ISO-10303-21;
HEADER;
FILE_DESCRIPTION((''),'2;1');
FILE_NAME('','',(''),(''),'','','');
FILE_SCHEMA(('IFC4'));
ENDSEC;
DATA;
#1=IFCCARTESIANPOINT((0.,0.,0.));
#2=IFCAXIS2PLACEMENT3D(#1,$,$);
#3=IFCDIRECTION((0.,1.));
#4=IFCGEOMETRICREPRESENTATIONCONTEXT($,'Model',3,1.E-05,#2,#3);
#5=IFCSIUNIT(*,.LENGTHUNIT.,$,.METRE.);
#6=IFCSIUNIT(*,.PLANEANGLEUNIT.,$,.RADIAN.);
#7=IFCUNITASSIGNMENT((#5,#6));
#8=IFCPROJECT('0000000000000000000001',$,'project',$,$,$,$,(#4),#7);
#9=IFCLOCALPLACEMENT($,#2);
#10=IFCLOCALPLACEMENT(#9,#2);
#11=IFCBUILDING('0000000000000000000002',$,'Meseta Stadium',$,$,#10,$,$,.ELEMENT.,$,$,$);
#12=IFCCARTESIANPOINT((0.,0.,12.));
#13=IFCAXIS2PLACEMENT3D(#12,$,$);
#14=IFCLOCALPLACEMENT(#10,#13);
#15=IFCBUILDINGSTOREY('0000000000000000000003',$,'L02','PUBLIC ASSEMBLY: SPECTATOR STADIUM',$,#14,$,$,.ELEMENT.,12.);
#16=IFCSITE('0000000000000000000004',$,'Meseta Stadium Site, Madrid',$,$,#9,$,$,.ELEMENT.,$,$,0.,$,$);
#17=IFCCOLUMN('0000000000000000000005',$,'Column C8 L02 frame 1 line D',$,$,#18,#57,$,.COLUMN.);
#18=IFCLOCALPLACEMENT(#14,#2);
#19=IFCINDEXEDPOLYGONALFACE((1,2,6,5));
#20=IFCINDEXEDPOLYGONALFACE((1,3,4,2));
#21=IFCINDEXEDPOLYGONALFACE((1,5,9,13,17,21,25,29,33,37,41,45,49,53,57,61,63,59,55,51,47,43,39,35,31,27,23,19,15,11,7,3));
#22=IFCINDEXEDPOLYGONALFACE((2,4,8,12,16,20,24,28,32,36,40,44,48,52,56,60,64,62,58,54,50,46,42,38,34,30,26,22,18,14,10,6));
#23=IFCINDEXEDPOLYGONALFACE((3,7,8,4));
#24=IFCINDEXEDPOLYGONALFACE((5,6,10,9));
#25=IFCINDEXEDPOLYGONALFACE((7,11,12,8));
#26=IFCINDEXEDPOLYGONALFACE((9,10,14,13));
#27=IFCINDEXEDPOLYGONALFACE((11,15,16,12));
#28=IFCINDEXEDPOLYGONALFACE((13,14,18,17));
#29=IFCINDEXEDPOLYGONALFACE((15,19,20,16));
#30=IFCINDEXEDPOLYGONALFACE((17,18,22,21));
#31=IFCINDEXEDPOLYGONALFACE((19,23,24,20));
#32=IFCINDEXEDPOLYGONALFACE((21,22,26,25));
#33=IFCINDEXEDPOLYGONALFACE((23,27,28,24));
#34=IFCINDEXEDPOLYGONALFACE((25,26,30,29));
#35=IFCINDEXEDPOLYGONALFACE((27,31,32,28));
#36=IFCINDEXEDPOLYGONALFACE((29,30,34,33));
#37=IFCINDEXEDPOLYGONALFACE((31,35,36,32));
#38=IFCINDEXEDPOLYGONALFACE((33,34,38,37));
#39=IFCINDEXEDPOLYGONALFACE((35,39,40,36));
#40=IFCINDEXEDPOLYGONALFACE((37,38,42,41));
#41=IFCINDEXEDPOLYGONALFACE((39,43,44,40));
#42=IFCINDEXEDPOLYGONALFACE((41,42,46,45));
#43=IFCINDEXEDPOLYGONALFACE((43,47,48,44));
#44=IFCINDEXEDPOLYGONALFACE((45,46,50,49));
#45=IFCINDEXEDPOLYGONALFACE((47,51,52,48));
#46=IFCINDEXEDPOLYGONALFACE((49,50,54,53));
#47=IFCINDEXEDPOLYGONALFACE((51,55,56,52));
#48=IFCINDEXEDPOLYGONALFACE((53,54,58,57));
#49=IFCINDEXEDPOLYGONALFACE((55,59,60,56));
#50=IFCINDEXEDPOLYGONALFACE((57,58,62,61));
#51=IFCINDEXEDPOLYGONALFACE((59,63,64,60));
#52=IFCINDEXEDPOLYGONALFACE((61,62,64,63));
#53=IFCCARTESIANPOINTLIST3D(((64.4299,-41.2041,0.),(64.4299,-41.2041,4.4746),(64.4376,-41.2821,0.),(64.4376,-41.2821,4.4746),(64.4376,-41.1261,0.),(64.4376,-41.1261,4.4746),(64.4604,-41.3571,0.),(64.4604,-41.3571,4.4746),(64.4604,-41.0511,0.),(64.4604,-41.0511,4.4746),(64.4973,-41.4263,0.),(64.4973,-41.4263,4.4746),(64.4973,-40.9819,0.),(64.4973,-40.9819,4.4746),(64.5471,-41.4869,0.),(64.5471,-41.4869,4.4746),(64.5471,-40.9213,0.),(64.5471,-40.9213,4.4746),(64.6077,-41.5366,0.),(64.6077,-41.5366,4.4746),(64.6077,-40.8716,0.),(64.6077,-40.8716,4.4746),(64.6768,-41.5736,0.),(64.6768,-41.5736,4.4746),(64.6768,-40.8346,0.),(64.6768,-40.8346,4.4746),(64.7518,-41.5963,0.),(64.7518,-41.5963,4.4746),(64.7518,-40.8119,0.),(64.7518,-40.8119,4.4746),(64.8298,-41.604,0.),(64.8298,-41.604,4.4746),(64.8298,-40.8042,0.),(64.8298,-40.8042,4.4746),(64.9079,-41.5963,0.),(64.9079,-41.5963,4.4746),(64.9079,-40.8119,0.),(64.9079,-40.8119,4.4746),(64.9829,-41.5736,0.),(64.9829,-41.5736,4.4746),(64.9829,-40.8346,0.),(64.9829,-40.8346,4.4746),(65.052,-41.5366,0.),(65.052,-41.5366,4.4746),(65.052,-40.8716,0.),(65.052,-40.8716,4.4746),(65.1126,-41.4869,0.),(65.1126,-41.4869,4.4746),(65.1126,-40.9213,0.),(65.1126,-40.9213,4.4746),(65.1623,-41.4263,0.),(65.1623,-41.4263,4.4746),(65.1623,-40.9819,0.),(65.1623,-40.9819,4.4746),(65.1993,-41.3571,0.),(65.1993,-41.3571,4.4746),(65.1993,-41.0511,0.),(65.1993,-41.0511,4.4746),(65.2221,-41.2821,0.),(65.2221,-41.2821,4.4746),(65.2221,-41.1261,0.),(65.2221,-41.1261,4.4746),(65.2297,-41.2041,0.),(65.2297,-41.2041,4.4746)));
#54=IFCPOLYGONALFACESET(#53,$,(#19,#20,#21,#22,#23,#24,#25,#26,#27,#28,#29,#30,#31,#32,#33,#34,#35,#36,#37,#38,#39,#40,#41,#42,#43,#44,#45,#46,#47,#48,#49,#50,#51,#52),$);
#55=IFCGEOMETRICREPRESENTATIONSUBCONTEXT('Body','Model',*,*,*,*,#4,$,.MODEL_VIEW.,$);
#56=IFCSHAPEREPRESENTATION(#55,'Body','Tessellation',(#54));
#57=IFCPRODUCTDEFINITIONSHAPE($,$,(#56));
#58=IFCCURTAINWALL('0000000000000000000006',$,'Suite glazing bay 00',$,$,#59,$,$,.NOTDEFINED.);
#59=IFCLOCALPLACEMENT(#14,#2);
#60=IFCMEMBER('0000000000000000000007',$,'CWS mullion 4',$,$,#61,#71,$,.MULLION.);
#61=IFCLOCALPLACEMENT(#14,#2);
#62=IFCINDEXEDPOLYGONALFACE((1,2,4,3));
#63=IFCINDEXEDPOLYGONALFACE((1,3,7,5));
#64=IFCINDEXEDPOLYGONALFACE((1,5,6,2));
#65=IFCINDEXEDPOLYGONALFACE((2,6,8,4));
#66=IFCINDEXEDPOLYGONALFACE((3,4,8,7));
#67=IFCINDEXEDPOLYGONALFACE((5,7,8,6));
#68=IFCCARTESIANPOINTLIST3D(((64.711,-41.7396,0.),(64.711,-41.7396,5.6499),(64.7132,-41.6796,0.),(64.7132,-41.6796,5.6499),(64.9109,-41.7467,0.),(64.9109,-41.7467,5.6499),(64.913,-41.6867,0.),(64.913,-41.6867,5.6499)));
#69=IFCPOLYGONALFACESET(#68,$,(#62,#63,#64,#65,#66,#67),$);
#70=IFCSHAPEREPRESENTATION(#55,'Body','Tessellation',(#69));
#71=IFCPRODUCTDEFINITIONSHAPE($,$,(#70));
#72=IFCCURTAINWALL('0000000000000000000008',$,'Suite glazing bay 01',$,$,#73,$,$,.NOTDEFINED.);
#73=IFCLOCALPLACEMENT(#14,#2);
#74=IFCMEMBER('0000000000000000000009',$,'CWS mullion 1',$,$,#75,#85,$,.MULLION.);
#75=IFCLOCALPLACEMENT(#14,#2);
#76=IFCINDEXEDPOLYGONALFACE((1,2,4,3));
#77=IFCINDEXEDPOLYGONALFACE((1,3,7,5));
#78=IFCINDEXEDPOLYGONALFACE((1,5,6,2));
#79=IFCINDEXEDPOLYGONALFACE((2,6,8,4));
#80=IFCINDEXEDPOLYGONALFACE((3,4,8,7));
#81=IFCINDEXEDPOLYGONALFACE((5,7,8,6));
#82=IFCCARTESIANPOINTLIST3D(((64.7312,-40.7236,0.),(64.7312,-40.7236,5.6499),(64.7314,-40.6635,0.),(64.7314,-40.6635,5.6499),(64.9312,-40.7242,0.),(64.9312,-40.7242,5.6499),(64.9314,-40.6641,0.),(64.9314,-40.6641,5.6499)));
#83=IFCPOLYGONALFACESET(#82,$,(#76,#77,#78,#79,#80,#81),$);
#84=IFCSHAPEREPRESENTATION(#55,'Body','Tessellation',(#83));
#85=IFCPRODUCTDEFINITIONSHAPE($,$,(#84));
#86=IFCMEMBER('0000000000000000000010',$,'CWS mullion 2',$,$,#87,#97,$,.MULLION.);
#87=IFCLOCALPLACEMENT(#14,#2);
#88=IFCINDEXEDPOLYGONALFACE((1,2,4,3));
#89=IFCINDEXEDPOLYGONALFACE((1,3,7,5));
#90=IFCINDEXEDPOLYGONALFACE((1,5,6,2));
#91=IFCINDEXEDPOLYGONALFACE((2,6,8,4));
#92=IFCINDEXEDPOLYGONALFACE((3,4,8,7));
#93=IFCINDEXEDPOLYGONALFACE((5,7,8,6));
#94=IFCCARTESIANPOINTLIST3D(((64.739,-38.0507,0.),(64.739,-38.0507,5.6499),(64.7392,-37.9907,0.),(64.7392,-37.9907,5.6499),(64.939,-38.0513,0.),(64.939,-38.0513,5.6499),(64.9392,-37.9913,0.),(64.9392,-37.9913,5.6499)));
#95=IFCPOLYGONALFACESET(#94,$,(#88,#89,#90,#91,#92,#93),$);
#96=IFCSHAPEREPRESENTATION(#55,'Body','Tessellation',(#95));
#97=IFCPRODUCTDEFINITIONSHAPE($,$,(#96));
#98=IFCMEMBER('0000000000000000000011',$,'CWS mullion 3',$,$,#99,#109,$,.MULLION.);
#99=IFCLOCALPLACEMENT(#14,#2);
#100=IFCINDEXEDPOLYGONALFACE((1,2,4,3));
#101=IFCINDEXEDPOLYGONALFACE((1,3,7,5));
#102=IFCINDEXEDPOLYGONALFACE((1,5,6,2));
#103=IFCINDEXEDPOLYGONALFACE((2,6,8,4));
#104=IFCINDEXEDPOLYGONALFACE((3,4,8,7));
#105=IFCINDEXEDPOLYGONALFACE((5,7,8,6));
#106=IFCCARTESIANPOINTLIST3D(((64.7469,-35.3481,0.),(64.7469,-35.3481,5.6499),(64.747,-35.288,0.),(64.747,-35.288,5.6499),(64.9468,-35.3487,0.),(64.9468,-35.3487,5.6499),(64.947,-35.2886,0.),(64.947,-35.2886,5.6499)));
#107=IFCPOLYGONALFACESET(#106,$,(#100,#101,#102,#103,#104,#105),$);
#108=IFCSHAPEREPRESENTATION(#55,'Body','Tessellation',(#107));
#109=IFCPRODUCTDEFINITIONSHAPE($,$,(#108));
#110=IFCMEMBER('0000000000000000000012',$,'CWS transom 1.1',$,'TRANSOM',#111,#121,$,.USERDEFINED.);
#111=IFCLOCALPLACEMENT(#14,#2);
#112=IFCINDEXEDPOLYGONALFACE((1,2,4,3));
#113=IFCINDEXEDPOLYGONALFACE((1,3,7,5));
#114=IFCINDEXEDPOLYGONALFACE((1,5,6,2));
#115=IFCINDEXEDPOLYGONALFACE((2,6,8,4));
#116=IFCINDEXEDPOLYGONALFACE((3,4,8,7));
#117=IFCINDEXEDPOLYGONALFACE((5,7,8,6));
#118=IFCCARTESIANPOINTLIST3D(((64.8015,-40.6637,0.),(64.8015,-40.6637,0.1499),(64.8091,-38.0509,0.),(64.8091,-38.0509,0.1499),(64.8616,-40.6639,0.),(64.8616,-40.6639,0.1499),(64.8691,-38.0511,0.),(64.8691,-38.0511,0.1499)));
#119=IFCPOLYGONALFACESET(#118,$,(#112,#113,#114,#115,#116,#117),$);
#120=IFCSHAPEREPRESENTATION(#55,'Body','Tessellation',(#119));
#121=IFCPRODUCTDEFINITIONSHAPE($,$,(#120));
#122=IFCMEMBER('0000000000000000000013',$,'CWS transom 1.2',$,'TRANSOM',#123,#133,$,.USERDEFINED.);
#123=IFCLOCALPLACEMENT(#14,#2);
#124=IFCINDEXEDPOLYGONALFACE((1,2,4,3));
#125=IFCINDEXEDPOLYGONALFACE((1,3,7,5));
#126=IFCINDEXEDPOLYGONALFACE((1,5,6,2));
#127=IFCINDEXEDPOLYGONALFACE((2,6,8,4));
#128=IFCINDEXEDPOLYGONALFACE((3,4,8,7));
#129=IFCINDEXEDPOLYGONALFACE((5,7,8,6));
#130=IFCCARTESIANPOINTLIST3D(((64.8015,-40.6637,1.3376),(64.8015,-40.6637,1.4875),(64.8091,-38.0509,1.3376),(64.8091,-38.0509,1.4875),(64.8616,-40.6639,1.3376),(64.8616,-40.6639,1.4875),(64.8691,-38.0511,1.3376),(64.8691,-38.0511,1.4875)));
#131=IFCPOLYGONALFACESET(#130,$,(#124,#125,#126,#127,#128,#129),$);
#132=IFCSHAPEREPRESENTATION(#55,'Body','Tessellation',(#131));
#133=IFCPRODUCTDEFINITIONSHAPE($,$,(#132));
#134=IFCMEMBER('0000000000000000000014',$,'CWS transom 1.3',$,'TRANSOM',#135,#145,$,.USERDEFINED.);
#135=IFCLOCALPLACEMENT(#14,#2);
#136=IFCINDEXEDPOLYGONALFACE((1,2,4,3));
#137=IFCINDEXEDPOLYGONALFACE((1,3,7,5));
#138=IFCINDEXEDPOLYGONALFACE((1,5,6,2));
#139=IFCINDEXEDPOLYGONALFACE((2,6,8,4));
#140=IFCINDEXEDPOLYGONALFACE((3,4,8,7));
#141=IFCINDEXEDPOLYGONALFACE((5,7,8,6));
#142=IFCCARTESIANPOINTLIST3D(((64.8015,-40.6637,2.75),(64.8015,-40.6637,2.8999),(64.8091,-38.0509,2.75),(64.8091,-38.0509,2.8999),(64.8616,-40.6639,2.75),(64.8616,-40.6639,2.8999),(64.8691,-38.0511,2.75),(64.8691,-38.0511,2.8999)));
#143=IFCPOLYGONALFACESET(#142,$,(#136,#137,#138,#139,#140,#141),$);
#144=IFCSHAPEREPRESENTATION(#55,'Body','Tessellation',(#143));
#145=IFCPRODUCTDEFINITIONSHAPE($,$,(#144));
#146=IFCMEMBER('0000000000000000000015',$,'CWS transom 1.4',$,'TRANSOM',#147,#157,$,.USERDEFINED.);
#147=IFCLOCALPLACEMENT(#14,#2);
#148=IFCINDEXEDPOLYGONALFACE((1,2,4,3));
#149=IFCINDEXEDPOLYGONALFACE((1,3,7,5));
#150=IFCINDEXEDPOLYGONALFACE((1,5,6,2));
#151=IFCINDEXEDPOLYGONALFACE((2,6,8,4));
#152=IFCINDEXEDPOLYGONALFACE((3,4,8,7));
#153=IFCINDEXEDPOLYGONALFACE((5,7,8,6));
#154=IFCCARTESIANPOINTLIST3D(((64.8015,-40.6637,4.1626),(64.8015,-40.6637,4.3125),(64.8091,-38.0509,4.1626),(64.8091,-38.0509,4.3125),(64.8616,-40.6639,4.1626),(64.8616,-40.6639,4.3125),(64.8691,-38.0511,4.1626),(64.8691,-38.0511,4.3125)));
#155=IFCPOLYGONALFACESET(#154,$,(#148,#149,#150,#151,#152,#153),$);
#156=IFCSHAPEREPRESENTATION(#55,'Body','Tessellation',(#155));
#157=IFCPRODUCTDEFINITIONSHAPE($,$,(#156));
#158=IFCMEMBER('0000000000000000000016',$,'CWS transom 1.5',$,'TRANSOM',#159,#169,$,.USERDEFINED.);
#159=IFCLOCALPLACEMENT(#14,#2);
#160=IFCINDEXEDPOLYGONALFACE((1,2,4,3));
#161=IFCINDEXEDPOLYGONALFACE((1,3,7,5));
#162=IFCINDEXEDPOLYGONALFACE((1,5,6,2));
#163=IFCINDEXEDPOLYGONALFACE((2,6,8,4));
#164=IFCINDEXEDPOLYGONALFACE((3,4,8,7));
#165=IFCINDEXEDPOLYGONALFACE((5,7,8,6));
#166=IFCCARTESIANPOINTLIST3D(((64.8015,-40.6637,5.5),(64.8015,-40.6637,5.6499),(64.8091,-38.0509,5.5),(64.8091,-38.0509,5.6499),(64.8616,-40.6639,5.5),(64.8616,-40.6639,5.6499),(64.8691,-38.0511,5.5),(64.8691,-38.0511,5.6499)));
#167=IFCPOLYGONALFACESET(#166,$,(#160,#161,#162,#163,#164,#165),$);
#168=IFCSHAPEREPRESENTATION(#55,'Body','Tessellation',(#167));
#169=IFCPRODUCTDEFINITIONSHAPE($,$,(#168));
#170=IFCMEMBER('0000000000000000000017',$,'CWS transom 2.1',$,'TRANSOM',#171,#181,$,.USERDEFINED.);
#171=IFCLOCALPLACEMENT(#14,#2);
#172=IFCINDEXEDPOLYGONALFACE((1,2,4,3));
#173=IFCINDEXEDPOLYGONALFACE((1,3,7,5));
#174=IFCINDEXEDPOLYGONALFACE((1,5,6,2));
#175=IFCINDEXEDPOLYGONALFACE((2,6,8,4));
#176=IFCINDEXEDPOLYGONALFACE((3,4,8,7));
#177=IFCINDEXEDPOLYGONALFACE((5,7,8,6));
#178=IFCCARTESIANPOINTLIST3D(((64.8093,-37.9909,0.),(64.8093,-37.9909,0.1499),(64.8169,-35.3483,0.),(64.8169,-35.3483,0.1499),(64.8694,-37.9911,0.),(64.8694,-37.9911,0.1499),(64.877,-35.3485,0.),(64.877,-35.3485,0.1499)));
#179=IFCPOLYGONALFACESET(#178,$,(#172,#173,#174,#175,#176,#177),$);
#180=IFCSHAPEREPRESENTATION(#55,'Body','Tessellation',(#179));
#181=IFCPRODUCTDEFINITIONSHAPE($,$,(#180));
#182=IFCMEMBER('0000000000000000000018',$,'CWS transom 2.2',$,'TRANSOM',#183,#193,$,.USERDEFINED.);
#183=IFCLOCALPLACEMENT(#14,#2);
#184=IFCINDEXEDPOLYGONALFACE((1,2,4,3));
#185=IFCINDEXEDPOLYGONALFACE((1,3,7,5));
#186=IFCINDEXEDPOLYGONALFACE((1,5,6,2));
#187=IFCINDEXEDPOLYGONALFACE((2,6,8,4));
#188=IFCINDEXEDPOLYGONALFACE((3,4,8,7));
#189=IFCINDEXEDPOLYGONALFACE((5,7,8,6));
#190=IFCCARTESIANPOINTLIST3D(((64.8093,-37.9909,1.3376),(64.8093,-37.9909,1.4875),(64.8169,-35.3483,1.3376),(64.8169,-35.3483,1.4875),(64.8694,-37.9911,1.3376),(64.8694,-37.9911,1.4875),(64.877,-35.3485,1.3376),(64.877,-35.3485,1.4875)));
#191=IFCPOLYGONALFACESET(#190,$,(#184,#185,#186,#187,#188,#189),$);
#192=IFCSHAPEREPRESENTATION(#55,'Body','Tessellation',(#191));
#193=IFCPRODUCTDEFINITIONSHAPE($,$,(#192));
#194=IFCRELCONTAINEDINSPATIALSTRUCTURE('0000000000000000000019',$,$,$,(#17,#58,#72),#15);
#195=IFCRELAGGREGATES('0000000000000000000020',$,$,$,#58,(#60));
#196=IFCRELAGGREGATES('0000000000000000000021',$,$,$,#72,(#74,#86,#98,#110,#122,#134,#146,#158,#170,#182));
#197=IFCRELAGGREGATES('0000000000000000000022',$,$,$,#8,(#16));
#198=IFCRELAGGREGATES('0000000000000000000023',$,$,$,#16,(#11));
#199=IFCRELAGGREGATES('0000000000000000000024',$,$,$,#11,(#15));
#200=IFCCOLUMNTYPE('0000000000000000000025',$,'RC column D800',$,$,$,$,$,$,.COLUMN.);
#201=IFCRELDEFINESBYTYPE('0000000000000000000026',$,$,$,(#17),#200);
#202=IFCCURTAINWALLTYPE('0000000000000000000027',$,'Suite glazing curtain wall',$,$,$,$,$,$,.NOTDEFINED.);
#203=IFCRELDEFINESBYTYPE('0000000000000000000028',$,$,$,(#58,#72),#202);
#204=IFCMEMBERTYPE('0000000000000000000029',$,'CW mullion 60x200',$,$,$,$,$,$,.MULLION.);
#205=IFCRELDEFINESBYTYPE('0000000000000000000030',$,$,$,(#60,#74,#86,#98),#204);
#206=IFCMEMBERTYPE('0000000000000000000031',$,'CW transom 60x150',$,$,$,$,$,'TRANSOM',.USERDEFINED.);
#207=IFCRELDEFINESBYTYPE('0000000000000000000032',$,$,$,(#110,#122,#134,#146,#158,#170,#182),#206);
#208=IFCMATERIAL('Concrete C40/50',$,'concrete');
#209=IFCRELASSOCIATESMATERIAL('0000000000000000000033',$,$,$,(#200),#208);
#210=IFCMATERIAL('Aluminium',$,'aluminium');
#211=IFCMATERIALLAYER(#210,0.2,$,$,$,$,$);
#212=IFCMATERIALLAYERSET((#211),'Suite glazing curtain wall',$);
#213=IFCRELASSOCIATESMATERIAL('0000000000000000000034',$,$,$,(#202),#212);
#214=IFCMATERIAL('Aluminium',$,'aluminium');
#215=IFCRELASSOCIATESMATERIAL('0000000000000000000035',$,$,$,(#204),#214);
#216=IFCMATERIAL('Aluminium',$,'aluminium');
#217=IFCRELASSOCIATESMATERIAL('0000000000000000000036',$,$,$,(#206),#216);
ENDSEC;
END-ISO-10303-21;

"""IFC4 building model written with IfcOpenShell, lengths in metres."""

from ifc_helpers import new_model, si_unit, direction, frame, origin, origin_2d, place, context, subcontext, project, spatial, rectangle, circle, extrude, material, layer, layer_set, material_profile, profile_set, type_object, element, aggregate, save


model = new_model("IFC4")

# Units and contexts
model_context = context("Model", 3, precision=1e-05, world=origin(), true_north=direction((0.0, 1.0)))
body_context = subcontext(model_context, "Body", "Model", "MODEL_VIEW")
ifc_project = project(units=[si_unit("LENGTHUNIT", "METRE"), si_unit("PLANEANGLEUNIT", "RADIAN")], contexts=[model_context])

# Site, building, storey
site_placement = place(None, origin())
site = spatial("IfcSite", under=ifc_project, at=site_placement, Name="Meseta Stadium Site, Madrid", CompositionType="ELEMENT", RefElevation=0.0)
building_placement = place(site_placement, origin())
building = spatial("IfcBuilding", under=site, at=building_placement, Name="Meseta Stadium", CompositionType="ELEMENT")
storey_placement = place(building_placement, frame((0.0, 0.0, 12.0)))
storey = spatial("IfcBuildingStorey", under=building, at=storey_placement, Name="L02", Description="PUBLIC ASSEMBLY: SPECTATOR STADIUM", CompositionType="ELEMENT", Elevation=12.0)

# Column
ifc_material_1 = material(Name="Concrete C40/50", Category="concrete")
ifc_material_profile_1 = material_profile(ifc_material_1, circle(Radius=0.3999, at=origin_2d()), Name="RC D800")
ifc_profile_set_1 = profile_set([ifc_material_profile_1], Name="Concrete C40/50")
column_type = type_object("IfcColumnType", Name="RC column D800", PredefinedType="COLUMN", material=ifc_profile_set_1)
column_placement = place(storey_placement, frame((64.8298, -41.2041, 0.0), z_axis=(0.0, 0.0, 1.0), x_axis=(1.0, 0.0, 0.0)))
element("IfcColumn", 1, at=column_placement, inside=storey, type_object=column_type, Name="Column C8 L02 frame 1 line D", PredefinedType="COLUMN", context=body_context, shape_type="SweptSolid", body=[
    extrude(circle(Radius=0.3999, at=origin_2d()), origin(), (0.0, 0.0, 1.0), 4.4746),
])

# Curtain wall, member
ifc_material_2 = material(Name="Aluminium", Category="aluminium")
ifc_layer_1 = layer(ifc_material_2, 0.2)
ifc_layer_set_1 = layer_set([ifc_layer_1], Name="Suite glazing curtain wall")
curtain_wall_type = type_object("IfcCurtainWallType", Name="Suite glazing curtain wall", PredefinedType="NOTDEFINED", material=ifc_layer_set_1)
curtain_wall_1_placement = place(storey_placement, origin())
curtain_wall_1 = element("IfcCurtainWall", 2, at=curtain_wall_1_placement, inside=storey, type_object=curtain_wall_type, Name="Suite glazing bay 00", PredefinedType="NOTDEFINED")
ifc_material_3 = material(Name="Aluminium", Category="aluminium")
ifc_material_profile_2 = material_profile(ifc_material_3, rectangle(XDim=0.2, YDim=0.0601, at=origin_2d()), Name="CW 200x60")
ifc_profile_set_2 = profile_set([ifc_material_profile_2], Name="Aluminium")
member_type_1 = type_object("IfcMemberType", Name="CW mullion 60x200", PredefinedType="MULLION", material=ifc_profile_set_2)
member_1_placement = place(storey_placement, frame((64.812, -41.7131, 0.0), z_axis=(0.0, 0.0, 1.0), x_axis=(-0.999374, 0.035371, 0.0)))
member_1 = element("IfcMember", 3, at=member_1_placement, type_object=member_type_1, Name="CWS mullion 4", PredefinedType="MULLION", context=body_context, shape_type="SweptSolid", body=[
    extrude(rectangle(XDim=0.2, YDim=0.0601, at=origin_2d()), origin(), (0.0, 0.0, 1.0), 5.6499),
])
aggregate(curtain_wall_1, [member_1])

# Curtain wall, members
curtain_wall_2_placement = place(storey_placement, origin())
curtain_wall_2 = element("IfcCurtainWall", 4, at=curtain_wall_2_placement, inside=storey, type_object=curtain_wall_type, Name="Suite glazing bay 01", PredefinedType="NOTDEFINED")
member_2_placement = place(storey_placement, frame((64.8313, -40.6938, 0.0), z_axis=(0.0, 0.0, 1.0), x_axis=(-0.999996, 0.00291, 0.0)))
member_2 = element("IfcMember", 5, at=member_2_placement, type_object=member_type_1, Name="CWS mullion 1", PredefinedType="MULLION", context=body_context, shape_type="SweptSolid", body=[
    extrude(rectangle(XDim=0.2, YDim=0.0601, at=origin_2d()), origin(), (0.0, 0.0, 1.0), 5.6499),
])
member_3_placement = place(storey_placement, frame((64.8391, -38.021, 0.0), z_axis=(0.0, 0.0, 1.0), x_axis=(-0.999996, 0.00291, 0.0)))
member_3 = element("IfcMember", 6, at=member_3_placement, type_object=member_type_1, Name="CWS mullion 2", PredefinedType="MULLION", context=body_context, shape_type="SweptSolid", body=[
    extrude(rectangle(XDim=0.2, YDim=0.0601, at=origin_2d()), origin(), (0.0, 0.0, 1.0), 5.6499),
])
member_4_placement = place(storey_placement, frame((64.8469, -35.3184, 0.0), z_axis=(0.0, 0.0, 1.0), x_axis=(-0.999996, 0.00291, 0.0)))
member_4 = element("IfcMember", 7, at=member_4_placement, type_object=member_type_1, Name="CWS mullion 3", PredefinedType="MULLION", context=body_context, shape_type="SweptSolid", body=[
    extrude(rectangle(XDim=0.2, YDim=0.0601, at=origin_2d()), origin(), (0.0, 0.0, 1.0), 5.6499),
])
ifc_material_4 = material(Name="Aluminium", Category="aluminium")
ifc_material_profile_3 = material_profile(ifc_material_4, rectangle(XDim=0.0601, YDim=0.1499, at=origin_2d()), Name="CW 60x150")
ifc_profile_set_3 = profile_set([ifc_material_profile_3], Name="Aluminium")
member_type_2 = type_object("IfcMemberType", Name="CW transom 60x150", ElementType="TRANSOM", PredefinedType="USERDEFINED", material=ifc_profile_set_3)
member_5_placement = place(storey_placement, frame((64.8315, -40.6638, 0.075), z_axis=(0.002897, 0.999996, 0.0), x_axis=(-0.999996, 0.002897, 0.0)))
member_5 = element("IfcMember", 8, at=member_5_placement, type_object=member_type_2, Name="CWS transom 1.1", ObjectType="TRANSOM", PredefinedType="USERDEFINED", context=body_context, shape_type="SweptSolid", body=[
    extrude(rectangle(XDim=0.0601, YDim=0.1499, at=origin_2d()), origin(), (0.0, 0.0, 1.0), 2.6128),
])
member_6_placement = place(storey_placement, frame((64.8315, -40.6638, 1.4126), z_axis=(0.002897, 0.999996, 0.0), x_axis=(-0.999996, 0.002897, 0.0)))
member_6 = element("IfcMember", 9, at=member_6_placement, type_object=member_type_2, Name="CWS transom 1.2", ObjectType="TRANSOM", PredefinedType="USERDEFINED", context=body_context, shape_type="SweptSolid", body=[
    extrude(rectangle(XDim=0.0601, YDim=0.1499, at=origin_2d()), origin(), (0.0, 0.0, 1.0), 2.6128),
])
member_7_placement = place(storey_placement, frame((64.8315, -40.6638, 2.825), z_axis=(0.002897, 0.999996, 0.0), x_axis=(-0.999996, 0.002897, 0.0)))
member_7 = element("IfcMember", 10, at=member_7_placement, type_object=member_type_2, Name="CWS transom 1.3", ObjectType="TRANSOM", PredefinedType="USERDEFINED", context=body_context, shape_type="SweptSolid", body=[
    extrude(rectangle(XDim=0.0601, YDim=0.1499, at=origin_2d()), origin(), (0.0, 0.0, 1.0), 2.6128),
])
member_8_placement = place(storey_placement, frame((64.8315, -40.6638, 4.2375), z_axis=(0.002897, 0.999996, 0.0), x_axis=(-0.999996, 0.002897, 0.0)))
member_8 = element("IfcMember", 11, at=member_8_placement, type_object=member_type_2, Name="CWS transom 1.4", ObjectType="TRANSOM", PredefinedType="USERDEFINED", context=body_context, shape_type="SweptSolid", body=[
    extrude(rectangle(XDim=0.0601, YDim=0.1499, at=origin_2d()), origin(), (0.0, 0.0, 1.0), 2.6128),
])
member_9_placement = place(storey_placement, frame((64.8315, -40.6638, 5.575), z_axis=(0.002897, 0.999996, 0.0), x_axis=(-0.999996, 0.002897, 0.0)))
member_9 = element("IfcMember", 12, at=member_9_placement, type_object=member_type_2, Name="CWS transom 1.5", ObjectType="TRANSOM", PredefinedType="USERDEFINED", context=body_context, shape_type="SweptSolid", body=[
    extrude(rectangle(XDim=0.0601, YDim=0.1499, at=origin_2d()), origin(), (0.0, 0.0, 1.0), 2.6128),
])
member_10_placement = place(storey_placement, frame((64.8394, -37.991, 0.075), z_axis=(0.002864, 0.999996, 0.0), x_axis=(-0.999996, 0.002864, 0.0)))
member_10 = element("IfcMember", 13, at=member_10_placement, type_object=member_type_2, Name="CWS transom 2.1", ObjectType="TRANSOM", PredefinedType="USERDEFINED", context=body_context, shape_type="SweptSolid", body=[
    extrude(rectangle(XDim=0.0601, YDim=0.1499, at=origin_2d()), origin(), (0.0, 0.0, 1.0), 2.6426),
])
member_11_placement = place(storey_placement, frame((64.8394, -37.991, 1.4126), z_axis=(0.002864, 0.999996, 0.0), x_axis=(-0.999996, 0.002864, 0.0)))
member_11 = element("IfcMember", 14, at=member_11_placement, type_object=member_type_2, Name="CWS transom 2.2", ObjectType="TRANSOM", PredefinedType="USERDEFINED", context=body_context, shape_type="SweptSolid", body=[
    extrude(rectangle(XDim=0.0601, YDim=0.1499, at=origin_2d()), origin(), (0.0, 0.0, 1.0), 2.6426),
])

aggregate(curtain_wall_2, [member_2, member_3, member_4, member_5, member_6, member_7, member_8, member_9, member_10, member_11])

save(model, "model.ifc")
